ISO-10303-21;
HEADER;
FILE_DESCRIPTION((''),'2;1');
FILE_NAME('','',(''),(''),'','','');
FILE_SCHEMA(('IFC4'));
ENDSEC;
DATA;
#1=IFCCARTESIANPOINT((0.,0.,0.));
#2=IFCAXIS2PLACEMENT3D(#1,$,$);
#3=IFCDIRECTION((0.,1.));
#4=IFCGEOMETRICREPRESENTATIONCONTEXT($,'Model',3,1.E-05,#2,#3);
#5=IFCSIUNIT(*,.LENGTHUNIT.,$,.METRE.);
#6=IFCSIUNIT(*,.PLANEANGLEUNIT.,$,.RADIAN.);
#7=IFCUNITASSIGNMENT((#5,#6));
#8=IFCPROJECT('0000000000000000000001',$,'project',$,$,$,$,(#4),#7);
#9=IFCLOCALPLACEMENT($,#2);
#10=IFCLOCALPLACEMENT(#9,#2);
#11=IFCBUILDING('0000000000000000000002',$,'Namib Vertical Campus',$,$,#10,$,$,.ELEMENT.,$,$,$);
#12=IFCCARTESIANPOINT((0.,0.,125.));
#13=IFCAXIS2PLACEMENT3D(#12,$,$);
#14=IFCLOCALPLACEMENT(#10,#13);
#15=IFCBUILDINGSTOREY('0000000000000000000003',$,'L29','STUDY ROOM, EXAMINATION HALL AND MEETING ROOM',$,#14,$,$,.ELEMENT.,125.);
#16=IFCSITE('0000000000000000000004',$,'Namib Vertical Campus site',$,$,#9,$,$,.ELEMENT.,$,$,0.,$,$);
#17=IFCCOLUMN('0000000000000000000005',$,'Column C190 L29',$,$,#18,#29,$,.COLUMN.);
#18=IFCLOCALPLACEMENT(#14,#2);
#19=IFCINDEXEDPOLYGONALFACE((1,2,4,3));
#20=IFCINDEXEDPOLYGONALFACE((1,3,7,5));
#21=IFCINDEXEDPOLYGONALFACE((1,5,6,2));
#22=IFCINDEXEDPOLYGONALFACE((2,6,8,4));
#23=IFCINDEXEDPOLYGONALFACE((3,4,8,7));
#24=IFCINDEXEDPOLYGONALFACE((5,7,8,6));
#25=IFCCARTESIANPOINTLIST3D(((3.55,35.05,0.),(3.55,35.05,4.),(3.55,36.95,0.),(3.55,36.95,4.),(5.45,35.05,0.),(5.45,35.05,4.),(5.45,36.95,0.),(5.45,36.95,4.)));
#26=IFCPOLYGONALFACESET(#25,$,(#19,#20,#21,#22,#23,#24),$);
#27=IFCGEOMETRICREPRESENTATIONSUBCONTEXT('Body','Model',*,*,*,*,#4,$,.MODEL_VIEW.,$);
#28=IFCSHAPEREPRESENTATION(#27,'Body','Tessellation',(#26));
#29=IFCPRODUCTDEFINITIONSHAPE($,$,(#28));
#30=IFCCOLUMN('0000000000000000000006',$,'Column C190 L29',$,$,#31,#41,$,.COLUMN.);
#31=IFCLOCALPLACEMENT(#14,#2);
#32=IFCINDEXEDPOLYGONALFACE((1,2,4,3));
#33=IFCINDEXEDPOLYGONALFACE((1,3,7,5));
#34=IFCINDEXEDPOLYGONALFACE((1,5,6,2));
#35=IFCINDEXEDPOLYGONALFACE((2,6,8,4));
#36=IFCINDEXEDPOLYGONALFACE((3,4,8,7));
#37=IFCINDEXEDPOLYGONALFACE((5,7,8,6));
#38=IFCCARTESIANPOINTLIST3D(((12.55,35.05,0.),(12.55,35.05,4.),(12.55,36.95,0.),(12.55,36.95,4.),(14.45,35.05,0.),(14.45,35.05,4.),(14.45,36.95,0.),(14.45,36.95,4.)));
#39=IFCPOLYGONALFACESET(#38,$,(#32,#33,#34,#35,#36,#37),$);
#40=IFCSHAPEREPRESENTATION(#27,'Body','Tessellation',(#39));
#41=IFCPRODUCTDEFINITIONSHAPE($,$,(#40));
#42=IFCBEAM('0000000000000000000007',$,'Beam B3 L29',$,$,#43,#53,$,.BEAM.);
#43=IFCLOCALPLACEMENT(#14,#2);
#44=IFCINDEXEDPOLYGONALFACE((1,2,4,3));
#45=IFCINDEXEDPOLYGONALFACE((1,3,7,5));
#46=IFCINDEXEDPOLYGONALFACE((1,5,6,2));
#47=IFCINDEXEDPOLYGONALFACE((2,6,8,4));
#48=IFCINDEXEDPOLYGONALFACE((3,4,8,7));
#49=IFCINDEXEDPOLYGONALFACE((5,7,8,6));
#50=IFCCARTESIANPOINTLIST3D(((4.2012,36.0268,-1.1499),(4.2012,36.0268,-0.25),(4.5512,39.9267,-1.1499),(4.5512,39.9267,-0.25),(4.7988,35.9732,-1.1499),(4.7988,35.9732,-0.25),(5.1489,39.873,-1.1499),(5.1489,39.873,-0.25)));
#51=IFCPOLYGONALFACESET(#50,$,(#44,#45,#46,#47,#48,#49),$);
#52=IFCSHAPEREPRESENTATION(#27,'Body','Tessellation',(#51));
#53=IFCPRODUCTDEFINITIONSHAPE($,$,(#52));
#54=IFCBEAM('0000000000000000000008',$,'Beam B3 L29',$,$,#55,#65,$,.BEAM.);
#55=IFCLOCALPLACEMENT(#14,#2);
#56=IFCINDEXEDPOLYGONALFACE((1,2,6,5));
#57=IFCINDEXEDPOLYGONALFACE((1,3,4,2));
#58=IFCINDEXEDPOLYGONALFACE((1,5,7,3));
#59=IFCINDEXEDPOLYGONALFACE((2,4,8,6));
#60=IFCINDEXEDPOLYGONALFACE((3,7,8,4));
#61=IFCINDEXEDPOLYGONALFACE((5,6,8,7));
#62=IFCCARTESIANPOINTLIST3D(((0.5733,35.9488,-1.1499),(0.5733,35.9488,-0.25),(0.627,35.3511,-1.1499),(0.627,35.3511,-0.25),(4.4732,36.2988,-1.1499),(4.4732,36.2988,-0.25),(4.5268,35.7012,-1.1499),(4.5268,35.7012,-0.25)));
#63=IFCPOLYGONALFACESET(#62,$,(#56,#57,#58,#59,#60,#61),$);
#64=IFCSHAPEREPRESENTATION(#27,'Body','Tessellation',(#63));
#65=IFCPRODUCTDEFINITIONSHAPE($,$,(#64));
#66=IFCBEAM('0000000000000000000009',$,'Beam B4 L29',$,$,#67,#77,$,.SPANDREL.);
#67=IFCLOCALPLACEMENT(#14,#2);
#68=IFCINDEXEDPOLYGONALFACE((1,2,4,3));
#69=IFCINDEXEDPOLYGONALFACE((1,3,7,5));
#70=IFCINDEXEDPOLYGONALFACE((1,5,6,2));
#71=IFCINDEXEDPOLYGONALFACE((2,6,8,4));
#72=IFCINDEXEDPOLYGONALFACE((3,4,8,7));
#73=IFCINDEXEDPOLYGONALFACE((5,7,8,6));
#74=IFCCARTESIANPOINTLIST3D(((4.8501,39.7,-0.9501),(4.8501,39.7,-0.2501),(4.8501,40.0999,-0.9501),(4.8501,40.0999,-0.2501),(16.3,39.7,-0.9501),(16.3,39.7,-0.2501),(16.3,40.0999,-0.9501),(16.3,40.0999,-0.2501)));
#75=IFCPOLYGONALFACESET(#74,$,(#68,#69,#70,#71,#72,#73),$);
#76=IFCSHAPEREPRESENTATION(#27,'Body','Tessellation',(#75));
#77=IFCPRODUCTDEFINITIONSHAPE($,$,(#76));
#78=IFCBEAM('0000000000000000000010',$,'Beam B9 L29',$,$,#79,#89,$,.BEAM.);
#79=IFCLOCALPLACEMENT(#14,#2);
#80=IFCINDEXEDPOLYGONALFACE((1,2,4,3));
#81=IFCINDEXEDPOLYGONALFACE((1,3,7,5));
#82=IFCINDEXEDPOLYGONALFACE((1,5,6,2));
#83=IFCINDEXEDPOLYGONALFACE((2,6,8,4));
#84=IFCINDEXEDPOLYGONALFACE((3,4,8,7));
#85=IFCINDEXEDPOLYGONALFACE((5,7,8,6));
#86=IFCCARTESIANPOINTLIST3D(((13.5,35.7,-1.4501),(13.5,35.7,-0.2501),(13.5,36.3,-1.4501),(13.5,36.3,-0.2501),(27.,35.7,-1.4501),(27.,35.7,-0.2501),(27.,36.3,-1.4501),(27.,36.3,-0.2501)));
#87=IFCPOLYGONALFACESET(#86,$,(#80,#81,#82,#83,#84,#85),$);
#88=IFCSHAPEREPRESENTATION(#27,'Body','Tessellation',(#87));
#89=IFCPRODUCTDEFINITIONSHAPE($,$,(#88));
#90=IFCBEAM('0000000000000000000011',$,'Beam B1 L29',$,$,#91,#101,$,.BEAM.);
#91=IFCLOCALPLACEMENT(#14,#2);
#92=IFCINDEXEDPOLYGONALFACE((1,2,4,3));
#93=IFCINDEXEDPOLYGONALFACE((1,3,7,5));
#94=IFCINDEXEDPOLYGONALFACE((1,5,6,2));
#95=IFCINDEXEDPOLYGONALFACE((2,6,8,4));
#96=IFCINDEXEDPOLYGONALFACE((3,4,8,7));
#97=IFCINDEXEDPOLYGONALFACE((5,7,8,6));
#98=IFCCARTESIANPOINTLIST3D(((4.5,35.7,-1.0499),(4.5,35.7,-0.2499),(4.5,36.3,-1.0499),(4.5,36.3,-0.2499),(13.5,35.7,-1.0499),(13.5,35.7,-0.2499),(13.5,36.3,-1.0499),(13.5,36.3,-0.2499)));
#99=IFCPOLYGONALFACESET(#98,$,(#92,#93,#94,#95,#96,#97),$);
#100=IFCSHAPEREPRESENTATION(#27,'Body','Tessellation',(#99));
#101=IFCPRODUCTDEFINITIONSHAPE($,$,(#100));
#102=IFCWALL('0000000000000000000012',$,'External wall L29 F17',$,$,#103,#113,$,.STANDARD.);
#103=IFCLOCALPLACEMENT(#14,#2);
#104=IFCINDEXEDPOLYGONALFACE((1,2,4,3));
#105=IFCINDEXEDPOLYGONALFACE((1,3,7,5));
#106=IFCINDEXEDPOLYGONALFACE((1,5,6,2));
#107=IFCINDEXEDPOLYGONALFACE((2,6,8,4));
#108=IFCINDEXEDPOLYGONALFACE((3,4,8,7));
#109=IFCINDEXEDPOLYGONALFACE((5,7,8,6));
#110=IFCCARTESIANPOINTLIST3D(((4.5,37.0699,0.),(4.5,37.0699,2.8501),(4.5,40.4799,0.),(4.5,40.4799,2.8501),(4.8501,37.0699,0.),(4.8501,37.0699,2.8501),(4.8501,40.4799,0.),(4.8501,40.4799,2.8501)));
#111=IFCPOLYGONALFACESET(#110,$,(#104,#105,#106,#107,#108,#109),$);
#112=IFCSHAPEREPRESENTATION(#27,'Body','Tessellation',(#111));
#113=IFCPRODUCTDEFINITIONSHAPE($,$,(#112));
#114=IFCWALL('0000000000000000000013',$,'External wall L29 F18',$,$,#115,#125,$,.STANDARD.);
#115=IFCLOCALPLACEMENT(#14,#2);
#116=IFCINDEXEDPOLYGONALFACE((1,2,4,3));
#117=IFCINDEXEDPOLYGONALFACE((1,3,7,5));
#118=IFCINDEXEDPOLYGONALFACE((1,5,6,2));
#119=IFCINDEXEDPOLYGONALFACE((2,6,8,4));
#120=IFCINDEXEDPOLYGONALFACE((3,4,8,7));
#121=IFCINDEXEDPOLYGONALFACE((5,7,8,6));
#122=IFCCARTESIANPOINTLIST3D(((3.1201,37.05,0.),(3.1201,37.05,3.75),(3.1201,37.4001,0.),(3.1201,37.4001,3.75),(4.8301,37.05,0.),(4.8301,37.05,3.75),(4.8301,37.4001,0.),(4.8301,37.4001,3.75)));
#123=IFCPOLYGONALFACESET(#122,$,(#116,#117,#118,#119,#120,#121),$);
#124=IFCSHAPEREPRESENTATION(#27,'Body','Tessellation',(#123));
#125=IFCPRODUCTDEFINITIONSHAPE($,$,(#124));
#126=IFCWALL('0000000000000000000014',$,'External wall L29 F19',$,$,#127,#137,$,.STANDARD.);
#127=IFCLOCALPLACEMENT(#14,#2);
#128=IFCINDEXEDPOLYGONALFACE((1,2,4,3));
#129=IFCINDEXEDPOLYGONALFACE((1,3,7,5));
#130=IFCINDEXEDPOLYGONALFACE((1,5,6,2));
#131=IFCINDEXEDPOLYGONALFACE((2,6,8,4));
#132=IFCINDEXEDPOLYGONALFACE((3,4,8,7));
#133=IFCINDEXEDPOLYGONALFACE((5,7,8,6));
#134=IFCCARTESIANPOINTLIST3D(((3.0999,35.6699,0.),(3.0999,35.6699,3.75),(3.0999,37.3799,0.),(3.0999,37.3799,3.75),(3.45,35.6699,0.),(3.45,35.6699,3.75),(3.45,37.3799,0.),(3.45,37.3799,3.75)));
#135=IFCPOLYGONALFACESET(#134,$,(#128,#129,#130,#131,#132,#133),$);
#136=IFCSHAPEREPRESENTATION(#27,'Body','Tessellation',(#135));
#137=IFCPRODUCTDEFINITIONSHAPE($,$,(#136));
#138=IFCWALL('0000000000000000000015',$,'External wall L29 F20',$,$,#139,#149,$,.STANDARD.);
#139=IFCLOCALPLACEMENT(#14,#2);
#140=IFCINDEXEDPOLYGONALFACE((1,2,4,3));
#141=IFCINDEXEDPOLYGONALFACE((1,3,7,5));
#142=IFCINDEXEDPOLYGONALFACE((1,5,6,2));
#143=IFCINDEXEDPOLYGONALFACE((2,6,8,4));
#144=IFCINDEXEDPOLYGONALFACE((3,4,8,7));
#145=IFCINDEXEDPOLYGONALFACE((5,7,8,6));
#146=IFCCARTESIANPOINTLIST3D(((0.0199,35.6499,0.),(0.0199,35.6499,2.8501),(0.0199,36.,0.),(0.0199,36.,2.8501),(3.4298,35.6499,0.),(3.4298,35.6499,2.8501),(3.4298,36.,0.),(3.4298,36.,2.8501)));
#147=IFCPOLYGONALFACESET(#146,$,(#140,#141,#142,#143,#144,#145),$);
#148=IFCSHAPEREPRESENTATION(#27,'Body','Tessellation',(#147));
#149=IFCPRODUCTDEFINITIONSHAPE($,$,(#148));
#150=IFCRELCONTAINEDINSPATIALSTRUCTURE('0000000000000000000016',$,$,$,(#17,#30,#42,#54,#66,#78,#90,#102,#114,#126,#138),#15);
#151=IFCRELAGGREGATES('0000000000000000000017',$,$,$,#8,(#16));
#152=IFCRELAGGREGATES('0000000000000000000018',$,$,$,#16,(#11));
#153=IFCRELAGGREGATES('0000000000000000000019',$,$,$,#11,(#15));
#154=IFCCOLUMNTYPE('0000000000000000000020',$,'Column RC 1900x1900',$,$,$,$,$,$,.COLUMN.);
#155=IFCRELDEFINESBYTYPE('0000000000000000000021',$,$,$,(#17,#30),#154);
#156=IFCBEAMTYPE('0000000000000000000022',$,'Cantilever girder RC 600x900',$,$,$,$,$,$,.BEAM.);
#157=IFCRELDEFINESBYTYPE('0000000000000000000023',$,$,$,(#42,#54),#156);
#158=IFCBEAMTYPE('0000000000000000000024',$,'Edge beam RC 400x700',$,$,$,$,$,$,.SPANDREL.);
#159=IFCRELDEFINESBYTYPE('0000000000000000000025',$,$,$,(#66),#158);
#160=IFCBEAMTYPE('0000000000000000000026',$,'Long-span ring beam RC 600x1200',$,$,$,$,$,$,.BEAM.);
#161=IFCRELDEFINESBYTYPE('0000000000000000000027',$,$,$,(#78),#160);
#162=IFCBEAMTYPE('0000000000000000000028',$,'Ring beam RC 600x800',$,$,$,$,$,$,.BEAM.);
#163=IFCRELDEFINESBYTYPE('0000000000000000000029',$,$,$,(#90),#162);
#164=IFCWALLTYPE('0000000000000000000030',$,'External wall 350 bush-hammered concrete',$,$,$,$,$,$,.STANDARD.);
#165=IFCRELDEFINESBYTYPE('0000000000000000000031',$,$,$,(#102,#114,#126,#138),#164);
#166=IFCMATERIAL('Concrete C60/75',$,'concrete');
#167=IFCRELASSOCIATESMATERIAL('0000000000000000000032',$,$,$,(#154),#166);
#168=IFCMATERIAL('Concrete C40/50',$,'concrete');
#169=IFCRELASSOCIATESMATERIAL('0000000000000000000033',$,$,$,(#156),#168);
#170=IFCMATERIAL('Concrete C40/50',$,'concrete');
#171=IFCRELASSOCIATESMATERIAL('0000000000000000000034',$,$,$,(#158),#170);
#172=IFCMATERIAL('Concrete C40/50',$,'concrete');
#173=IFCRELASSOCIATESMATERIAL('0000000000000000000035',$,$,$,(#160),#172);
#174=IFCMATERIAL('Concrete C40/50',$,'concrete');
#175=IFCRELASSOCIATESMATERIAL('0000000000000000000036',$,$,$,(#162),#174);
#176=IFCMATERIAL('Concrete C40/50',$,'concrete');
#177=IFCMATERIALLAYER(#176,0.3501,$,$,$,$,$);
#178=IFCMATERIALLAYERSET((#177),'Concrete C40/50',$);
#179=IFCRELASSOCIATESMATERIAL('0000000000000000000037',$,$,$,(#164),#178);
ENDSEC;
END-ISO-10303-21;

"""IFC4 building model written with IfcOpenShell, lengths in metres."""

from ifc_helpers import new_model, si_unit, direction, frame, frame_2d, origin, origin_2d, place, context, subcontext, project, spatial, rectangle, extrude, material, layer, layer_set, material_profile, profile_set, type_object, element, save


model = new_model("IFC4")

# Units and contexts
model_context = context("Model", 3, precision=1e-05, world=origin(), true_north=direction((0.0, 1.0)))
body_context = subcontext(model_context, "Body", "Model", "MODEL_VIEW")
ifc_project = project(units=[si_unit("LENGTHUNIT", "METRE"), si_unit("PLANEANGLEUNIT", "RADIAN")], contexts=[model_context])

# Site, building, storey
site_placement = place(None, origin())
site = spatial("IfcSite", under=ifc_project, at=site_placement, Name="Namib Vertical Campus site", CompositionType="ELEMENT", RefElevation=0.0)
building_placement = place(site_placement, origin())
building = spatial("IfcBuilding", under=site, at=building_placement, Name="Namib Vertical Campus", CompositionType="ELEMENT")
storey_placement = place(building_placement, frame((0.0, 0.0, 125.0)))
storey = spatial("IfcBuildingStorey", under=building, at=storey_placement, Name="L29", Description="STUDY ROOM, EXAMINATION HALL AND MEETING ROOM", CompositionType="ELEMENT", Elevation=125.0)

# Columns
ifc_material_1 = material(Name="Concrete C60/75", Category="concrete")
ifc_material_profile_1 = material_profile(ifc_material_1, rectangle(XDim=1.8999, YDim=1.8999, at=origin_2d()))
ifc_profile_set_1 = profile_set([ifc_material_profile_1], Name="Concrete C60/75")
column_type = type_object("IfcColumnType", Name="Column RC 1900x1900", PredefinedType="COLUMN", material=ifc_profile_set_1)
for number, where, z_axis, x_axis, name in (
    (1, (4.5, 36.0, 0.0), (0.0, 0.0, 1.0), (1.0, 0.0, 0.0), "Column C190 L29"),
    (2, (13.5, 36.0, 0.0), (0.0, 0.0, 1.0), (1.0, 0.0, 0.0), "Column C190 L29"),
):
    element("IfcColumn", number, at=place(storey_placement, frame(where, z_axis=z_axis, x_axis=x_axis)), inside=storey, type_object=column_type, Name=name, PredefinedType="COLUMN", context=body_context, shape_type="SweptSolid", body=[
        extrude(rectangle(XDim=1.8999, YDim=1.8999, at=origin_2d()), origin(), (0.0, 0.0, 1.0), 4.0),
    ])

# Beams
ifc_material_2 = material(Name="Concrete C40/50", Category="concrete")
ifc_material_profile_2 = material_profile(ifc_material_2, rectangle(XDim=0.6001, YDim=0.8999, at=origin_2d()))
ifc_profile_set_2 = profile_set([ifc_material_profile_2], Name="Concrete C40/50")
beam_type_1 = type_object("IfcBeamType", Name="Cantilever girder RC 600x900", PredefinedType="BEAM", material=ifc_profile_set_2)
for number, where, z_axis, x_axis, name in (
    (3, (4.5, 36.0, -0.7), (0.089411, 0.995995, 0.0), (-0.995995, 0.089411, 0.0), "Beam B3 L29"),
    (4, (4.5, 36.0, -0.7), (-0.995995, -0.089411, 0.0), (0.089411, -0.995995, 0.0), "Beam B3 L29"),
):
    element("IfcBeam", number, at=place(storey_placement, frame(where, z_axis=z_axis, x_axis=x_axis)), inside=storey, type_object=beam_type_1, Name=name, PredefinedType="BEAM", context=body_context, shape_type="SweptSolid", body=[
        extrude(rectangle(XDim=0.6001, YDim=0.8999, at=origin_2d()), origin(), (0.0, 0.0, 1.0), 3.9155),
    ])
ifc_material_3 = material(Name="Concrete C40/50", Category="concrete")
ifc_material_profile_3 = material_profile(ifc_material_3, rectangle(XDim=0.3999, YDim=0.7, at=origin_2d()))
ifc_profile_set_3 = profile_set([ifc_material_profile_3], Name="Concrete C40/50")
beam_type_2 = type_object("IfcBeamType", Name="Edge beam RC 400x700", PredefinedType="SPANDREL", material=ifc_profile_set_3)
beam_1_placement = place(storey_placement, frame((4.8501, 39.8999, -0.6001), z_axis=(1.0, 0.0, 0.0), x_axis=(0.0, 1.0, 0.0)))
element("IfcBeam", 5, at=beam_1_placement, inside=storey, type_object=beam_type_2, Name="Beam B4 L29", PredefinedType="SPANDREL", context=body_context, shape_type="SweptSolid", body=[
    extrude(rectangle(XDim=0.3999, YDim=0.7, at=origin_2d()), origin(), (0.0, 0.0, 1.0), 11.45),
])
ifc_material_4 = material(Name="Concrete C40/50", Category="concrete")
ifc_material_profile_4 = material_profile(ifc_material_4, rectangle(XDim=0.6001, YDim=1.2, at=origin_2d()))
ifc_profile_set_4 = profile_set([ifc_material_profile_4], Name="Concrete C40/50")
beam_type_3 = type_object("IfcBeamType", Name="Long-span ring beam RC 600x1200", PredefinedType="BEAM", material=ifc_profile_set_4)
beam_2_placement = place(storey_placement, frame((13.5, 36.0, -0.8501), z_axis=(1.0, 0.0, 0.0), x_axis=(0.0, 1.0, 0.0)))
element("IfcBeam", 6, at=beam_2_placement, inside=storey, type_object=beam_type_3, Name="Beam B9 L29", PredefinedType="BEAM", context=body_context, shape_type="SweptSolid", body=[
    extrude(rectangle(XDim=0.6001, YDim=1.2, at=origin_2d()), origin(), (0.0, 0.0, 1.0), 13.5),
])
ifc_material_5 = material(Name="Concrete C40/50", Category="concrete")
ifc_material_profile_5 = material_profile(ifc_material_5, rectangle(XDim=0.6001, YDim=0.8, at=origin_2d()))
ifc_profile_set_5 = profile_set([ifc_material_profile_5], Name="Concrete C40/50")
beam_type_4 = type_object("IfcBeamType", Name="Ring beam RC 600x800", PredefinedType="BEAM", material=ifc_profile_set_5)
beam_3_placement = place(storey_placement, frame((4.5, 36.0, -0.6499), z_axis=(1.0, 0.0, 0.0), x_axis=(0.0, 1.0, 0.0)))
element("IfcBeam", 7, at=beam_3_placement, inside=storey, type_object=beam_type_4, Name="Beam B1 L29", PredefinedType="BEAM", context=body_context, shape_type="SweptSolid", body=[
    extrude(rectangle(XDim=0.6001, YDim=0.8, at=origin_2d()), origin(), (0.0, 0.0, 1.0), 9.0),
])

# Walls
ifc_material_6 = material(Name="Concrete C40/50", Category="concrete")
ifc_layer_1 = layer(ifc_material_6, 0.3501)
ifc_layer_set_1 = layer_set([ifc_layer_1], Name="Concrete C40/50")
wall_type = type_object("IfcWallType", Name="External wall 350 bush-hammered concrete", PredefinedType="STANDARD", material=ifc_layer_set_1)
wall_1_placement = place(storey_placement, frame((4.675, 40.48, 0.0), z_axis=(0.0, 0.0, 1.0), x_axis=(0.0, -1.0, 0.0)))
element("IfcWall", 8, at=wall_1_placement, inside=storey, type_object=wall_type, Name="External wall L29 F17", PredefinedType="STANDARD", context=body_context, shape_type="SweptSolid", body=[
    extrude(rectangle(XDim=3.4099, YDim=0.3501, at=frame_2d((1.7051, 0.0))), origin(), (0.0, 0.0, 1.0), 2.8501),
])
for number, where, z_axis, x_axis, name in (
    (9, (4.8301, 37.2251, 0.0), (0.0, 0.0, 1.0), (-1.0, 0.0, 0.0), "External wall L29 F18"),
    (10, (3.2749, 37.3799, 0.0), (0.0, 0.0, 1.0), (0.0, -1.0, 0.0), "External wall L29 F19"),
):
    element("IfcWall", number, at=place(storey_placement, frame(where, z_axis=z_axis, x_axis=x_axis)), inside=storey, type_object=wall_type, Name=name, PredefinedType="STANDARD", context=body_context, shape_type="SweptSolid", body=[
        extrude(rectangle(XDim=1.71, YDim=0.3501, at=frame_2d((0.855, 0.0))), origin(), (0.0, 0.0, 1.0), 3.75),
    ])
wall_2_placement = place(storey_placement, frame((3.4299, 35.825, 0.0), z_axis=(0.0, 0.0, 1.0), x_axis=(-1.0, 0.0, 0.0)))
element("IfcWall", 11, at=wall_2_placement, inside=storey, type_object=wall_type, Name="External wall L29 F20", PredefinedType="STANDARD", context=body_context, shape_type="SweptSolid", body=[
    extrude(rectangle(XDim=3.4099, YDim=0.3501, at=frame_2d((1.7051, 0.0))), origin(), (0.0, 0.0, 1.0), 2.8501),
])

save(model, "model.ifc")
